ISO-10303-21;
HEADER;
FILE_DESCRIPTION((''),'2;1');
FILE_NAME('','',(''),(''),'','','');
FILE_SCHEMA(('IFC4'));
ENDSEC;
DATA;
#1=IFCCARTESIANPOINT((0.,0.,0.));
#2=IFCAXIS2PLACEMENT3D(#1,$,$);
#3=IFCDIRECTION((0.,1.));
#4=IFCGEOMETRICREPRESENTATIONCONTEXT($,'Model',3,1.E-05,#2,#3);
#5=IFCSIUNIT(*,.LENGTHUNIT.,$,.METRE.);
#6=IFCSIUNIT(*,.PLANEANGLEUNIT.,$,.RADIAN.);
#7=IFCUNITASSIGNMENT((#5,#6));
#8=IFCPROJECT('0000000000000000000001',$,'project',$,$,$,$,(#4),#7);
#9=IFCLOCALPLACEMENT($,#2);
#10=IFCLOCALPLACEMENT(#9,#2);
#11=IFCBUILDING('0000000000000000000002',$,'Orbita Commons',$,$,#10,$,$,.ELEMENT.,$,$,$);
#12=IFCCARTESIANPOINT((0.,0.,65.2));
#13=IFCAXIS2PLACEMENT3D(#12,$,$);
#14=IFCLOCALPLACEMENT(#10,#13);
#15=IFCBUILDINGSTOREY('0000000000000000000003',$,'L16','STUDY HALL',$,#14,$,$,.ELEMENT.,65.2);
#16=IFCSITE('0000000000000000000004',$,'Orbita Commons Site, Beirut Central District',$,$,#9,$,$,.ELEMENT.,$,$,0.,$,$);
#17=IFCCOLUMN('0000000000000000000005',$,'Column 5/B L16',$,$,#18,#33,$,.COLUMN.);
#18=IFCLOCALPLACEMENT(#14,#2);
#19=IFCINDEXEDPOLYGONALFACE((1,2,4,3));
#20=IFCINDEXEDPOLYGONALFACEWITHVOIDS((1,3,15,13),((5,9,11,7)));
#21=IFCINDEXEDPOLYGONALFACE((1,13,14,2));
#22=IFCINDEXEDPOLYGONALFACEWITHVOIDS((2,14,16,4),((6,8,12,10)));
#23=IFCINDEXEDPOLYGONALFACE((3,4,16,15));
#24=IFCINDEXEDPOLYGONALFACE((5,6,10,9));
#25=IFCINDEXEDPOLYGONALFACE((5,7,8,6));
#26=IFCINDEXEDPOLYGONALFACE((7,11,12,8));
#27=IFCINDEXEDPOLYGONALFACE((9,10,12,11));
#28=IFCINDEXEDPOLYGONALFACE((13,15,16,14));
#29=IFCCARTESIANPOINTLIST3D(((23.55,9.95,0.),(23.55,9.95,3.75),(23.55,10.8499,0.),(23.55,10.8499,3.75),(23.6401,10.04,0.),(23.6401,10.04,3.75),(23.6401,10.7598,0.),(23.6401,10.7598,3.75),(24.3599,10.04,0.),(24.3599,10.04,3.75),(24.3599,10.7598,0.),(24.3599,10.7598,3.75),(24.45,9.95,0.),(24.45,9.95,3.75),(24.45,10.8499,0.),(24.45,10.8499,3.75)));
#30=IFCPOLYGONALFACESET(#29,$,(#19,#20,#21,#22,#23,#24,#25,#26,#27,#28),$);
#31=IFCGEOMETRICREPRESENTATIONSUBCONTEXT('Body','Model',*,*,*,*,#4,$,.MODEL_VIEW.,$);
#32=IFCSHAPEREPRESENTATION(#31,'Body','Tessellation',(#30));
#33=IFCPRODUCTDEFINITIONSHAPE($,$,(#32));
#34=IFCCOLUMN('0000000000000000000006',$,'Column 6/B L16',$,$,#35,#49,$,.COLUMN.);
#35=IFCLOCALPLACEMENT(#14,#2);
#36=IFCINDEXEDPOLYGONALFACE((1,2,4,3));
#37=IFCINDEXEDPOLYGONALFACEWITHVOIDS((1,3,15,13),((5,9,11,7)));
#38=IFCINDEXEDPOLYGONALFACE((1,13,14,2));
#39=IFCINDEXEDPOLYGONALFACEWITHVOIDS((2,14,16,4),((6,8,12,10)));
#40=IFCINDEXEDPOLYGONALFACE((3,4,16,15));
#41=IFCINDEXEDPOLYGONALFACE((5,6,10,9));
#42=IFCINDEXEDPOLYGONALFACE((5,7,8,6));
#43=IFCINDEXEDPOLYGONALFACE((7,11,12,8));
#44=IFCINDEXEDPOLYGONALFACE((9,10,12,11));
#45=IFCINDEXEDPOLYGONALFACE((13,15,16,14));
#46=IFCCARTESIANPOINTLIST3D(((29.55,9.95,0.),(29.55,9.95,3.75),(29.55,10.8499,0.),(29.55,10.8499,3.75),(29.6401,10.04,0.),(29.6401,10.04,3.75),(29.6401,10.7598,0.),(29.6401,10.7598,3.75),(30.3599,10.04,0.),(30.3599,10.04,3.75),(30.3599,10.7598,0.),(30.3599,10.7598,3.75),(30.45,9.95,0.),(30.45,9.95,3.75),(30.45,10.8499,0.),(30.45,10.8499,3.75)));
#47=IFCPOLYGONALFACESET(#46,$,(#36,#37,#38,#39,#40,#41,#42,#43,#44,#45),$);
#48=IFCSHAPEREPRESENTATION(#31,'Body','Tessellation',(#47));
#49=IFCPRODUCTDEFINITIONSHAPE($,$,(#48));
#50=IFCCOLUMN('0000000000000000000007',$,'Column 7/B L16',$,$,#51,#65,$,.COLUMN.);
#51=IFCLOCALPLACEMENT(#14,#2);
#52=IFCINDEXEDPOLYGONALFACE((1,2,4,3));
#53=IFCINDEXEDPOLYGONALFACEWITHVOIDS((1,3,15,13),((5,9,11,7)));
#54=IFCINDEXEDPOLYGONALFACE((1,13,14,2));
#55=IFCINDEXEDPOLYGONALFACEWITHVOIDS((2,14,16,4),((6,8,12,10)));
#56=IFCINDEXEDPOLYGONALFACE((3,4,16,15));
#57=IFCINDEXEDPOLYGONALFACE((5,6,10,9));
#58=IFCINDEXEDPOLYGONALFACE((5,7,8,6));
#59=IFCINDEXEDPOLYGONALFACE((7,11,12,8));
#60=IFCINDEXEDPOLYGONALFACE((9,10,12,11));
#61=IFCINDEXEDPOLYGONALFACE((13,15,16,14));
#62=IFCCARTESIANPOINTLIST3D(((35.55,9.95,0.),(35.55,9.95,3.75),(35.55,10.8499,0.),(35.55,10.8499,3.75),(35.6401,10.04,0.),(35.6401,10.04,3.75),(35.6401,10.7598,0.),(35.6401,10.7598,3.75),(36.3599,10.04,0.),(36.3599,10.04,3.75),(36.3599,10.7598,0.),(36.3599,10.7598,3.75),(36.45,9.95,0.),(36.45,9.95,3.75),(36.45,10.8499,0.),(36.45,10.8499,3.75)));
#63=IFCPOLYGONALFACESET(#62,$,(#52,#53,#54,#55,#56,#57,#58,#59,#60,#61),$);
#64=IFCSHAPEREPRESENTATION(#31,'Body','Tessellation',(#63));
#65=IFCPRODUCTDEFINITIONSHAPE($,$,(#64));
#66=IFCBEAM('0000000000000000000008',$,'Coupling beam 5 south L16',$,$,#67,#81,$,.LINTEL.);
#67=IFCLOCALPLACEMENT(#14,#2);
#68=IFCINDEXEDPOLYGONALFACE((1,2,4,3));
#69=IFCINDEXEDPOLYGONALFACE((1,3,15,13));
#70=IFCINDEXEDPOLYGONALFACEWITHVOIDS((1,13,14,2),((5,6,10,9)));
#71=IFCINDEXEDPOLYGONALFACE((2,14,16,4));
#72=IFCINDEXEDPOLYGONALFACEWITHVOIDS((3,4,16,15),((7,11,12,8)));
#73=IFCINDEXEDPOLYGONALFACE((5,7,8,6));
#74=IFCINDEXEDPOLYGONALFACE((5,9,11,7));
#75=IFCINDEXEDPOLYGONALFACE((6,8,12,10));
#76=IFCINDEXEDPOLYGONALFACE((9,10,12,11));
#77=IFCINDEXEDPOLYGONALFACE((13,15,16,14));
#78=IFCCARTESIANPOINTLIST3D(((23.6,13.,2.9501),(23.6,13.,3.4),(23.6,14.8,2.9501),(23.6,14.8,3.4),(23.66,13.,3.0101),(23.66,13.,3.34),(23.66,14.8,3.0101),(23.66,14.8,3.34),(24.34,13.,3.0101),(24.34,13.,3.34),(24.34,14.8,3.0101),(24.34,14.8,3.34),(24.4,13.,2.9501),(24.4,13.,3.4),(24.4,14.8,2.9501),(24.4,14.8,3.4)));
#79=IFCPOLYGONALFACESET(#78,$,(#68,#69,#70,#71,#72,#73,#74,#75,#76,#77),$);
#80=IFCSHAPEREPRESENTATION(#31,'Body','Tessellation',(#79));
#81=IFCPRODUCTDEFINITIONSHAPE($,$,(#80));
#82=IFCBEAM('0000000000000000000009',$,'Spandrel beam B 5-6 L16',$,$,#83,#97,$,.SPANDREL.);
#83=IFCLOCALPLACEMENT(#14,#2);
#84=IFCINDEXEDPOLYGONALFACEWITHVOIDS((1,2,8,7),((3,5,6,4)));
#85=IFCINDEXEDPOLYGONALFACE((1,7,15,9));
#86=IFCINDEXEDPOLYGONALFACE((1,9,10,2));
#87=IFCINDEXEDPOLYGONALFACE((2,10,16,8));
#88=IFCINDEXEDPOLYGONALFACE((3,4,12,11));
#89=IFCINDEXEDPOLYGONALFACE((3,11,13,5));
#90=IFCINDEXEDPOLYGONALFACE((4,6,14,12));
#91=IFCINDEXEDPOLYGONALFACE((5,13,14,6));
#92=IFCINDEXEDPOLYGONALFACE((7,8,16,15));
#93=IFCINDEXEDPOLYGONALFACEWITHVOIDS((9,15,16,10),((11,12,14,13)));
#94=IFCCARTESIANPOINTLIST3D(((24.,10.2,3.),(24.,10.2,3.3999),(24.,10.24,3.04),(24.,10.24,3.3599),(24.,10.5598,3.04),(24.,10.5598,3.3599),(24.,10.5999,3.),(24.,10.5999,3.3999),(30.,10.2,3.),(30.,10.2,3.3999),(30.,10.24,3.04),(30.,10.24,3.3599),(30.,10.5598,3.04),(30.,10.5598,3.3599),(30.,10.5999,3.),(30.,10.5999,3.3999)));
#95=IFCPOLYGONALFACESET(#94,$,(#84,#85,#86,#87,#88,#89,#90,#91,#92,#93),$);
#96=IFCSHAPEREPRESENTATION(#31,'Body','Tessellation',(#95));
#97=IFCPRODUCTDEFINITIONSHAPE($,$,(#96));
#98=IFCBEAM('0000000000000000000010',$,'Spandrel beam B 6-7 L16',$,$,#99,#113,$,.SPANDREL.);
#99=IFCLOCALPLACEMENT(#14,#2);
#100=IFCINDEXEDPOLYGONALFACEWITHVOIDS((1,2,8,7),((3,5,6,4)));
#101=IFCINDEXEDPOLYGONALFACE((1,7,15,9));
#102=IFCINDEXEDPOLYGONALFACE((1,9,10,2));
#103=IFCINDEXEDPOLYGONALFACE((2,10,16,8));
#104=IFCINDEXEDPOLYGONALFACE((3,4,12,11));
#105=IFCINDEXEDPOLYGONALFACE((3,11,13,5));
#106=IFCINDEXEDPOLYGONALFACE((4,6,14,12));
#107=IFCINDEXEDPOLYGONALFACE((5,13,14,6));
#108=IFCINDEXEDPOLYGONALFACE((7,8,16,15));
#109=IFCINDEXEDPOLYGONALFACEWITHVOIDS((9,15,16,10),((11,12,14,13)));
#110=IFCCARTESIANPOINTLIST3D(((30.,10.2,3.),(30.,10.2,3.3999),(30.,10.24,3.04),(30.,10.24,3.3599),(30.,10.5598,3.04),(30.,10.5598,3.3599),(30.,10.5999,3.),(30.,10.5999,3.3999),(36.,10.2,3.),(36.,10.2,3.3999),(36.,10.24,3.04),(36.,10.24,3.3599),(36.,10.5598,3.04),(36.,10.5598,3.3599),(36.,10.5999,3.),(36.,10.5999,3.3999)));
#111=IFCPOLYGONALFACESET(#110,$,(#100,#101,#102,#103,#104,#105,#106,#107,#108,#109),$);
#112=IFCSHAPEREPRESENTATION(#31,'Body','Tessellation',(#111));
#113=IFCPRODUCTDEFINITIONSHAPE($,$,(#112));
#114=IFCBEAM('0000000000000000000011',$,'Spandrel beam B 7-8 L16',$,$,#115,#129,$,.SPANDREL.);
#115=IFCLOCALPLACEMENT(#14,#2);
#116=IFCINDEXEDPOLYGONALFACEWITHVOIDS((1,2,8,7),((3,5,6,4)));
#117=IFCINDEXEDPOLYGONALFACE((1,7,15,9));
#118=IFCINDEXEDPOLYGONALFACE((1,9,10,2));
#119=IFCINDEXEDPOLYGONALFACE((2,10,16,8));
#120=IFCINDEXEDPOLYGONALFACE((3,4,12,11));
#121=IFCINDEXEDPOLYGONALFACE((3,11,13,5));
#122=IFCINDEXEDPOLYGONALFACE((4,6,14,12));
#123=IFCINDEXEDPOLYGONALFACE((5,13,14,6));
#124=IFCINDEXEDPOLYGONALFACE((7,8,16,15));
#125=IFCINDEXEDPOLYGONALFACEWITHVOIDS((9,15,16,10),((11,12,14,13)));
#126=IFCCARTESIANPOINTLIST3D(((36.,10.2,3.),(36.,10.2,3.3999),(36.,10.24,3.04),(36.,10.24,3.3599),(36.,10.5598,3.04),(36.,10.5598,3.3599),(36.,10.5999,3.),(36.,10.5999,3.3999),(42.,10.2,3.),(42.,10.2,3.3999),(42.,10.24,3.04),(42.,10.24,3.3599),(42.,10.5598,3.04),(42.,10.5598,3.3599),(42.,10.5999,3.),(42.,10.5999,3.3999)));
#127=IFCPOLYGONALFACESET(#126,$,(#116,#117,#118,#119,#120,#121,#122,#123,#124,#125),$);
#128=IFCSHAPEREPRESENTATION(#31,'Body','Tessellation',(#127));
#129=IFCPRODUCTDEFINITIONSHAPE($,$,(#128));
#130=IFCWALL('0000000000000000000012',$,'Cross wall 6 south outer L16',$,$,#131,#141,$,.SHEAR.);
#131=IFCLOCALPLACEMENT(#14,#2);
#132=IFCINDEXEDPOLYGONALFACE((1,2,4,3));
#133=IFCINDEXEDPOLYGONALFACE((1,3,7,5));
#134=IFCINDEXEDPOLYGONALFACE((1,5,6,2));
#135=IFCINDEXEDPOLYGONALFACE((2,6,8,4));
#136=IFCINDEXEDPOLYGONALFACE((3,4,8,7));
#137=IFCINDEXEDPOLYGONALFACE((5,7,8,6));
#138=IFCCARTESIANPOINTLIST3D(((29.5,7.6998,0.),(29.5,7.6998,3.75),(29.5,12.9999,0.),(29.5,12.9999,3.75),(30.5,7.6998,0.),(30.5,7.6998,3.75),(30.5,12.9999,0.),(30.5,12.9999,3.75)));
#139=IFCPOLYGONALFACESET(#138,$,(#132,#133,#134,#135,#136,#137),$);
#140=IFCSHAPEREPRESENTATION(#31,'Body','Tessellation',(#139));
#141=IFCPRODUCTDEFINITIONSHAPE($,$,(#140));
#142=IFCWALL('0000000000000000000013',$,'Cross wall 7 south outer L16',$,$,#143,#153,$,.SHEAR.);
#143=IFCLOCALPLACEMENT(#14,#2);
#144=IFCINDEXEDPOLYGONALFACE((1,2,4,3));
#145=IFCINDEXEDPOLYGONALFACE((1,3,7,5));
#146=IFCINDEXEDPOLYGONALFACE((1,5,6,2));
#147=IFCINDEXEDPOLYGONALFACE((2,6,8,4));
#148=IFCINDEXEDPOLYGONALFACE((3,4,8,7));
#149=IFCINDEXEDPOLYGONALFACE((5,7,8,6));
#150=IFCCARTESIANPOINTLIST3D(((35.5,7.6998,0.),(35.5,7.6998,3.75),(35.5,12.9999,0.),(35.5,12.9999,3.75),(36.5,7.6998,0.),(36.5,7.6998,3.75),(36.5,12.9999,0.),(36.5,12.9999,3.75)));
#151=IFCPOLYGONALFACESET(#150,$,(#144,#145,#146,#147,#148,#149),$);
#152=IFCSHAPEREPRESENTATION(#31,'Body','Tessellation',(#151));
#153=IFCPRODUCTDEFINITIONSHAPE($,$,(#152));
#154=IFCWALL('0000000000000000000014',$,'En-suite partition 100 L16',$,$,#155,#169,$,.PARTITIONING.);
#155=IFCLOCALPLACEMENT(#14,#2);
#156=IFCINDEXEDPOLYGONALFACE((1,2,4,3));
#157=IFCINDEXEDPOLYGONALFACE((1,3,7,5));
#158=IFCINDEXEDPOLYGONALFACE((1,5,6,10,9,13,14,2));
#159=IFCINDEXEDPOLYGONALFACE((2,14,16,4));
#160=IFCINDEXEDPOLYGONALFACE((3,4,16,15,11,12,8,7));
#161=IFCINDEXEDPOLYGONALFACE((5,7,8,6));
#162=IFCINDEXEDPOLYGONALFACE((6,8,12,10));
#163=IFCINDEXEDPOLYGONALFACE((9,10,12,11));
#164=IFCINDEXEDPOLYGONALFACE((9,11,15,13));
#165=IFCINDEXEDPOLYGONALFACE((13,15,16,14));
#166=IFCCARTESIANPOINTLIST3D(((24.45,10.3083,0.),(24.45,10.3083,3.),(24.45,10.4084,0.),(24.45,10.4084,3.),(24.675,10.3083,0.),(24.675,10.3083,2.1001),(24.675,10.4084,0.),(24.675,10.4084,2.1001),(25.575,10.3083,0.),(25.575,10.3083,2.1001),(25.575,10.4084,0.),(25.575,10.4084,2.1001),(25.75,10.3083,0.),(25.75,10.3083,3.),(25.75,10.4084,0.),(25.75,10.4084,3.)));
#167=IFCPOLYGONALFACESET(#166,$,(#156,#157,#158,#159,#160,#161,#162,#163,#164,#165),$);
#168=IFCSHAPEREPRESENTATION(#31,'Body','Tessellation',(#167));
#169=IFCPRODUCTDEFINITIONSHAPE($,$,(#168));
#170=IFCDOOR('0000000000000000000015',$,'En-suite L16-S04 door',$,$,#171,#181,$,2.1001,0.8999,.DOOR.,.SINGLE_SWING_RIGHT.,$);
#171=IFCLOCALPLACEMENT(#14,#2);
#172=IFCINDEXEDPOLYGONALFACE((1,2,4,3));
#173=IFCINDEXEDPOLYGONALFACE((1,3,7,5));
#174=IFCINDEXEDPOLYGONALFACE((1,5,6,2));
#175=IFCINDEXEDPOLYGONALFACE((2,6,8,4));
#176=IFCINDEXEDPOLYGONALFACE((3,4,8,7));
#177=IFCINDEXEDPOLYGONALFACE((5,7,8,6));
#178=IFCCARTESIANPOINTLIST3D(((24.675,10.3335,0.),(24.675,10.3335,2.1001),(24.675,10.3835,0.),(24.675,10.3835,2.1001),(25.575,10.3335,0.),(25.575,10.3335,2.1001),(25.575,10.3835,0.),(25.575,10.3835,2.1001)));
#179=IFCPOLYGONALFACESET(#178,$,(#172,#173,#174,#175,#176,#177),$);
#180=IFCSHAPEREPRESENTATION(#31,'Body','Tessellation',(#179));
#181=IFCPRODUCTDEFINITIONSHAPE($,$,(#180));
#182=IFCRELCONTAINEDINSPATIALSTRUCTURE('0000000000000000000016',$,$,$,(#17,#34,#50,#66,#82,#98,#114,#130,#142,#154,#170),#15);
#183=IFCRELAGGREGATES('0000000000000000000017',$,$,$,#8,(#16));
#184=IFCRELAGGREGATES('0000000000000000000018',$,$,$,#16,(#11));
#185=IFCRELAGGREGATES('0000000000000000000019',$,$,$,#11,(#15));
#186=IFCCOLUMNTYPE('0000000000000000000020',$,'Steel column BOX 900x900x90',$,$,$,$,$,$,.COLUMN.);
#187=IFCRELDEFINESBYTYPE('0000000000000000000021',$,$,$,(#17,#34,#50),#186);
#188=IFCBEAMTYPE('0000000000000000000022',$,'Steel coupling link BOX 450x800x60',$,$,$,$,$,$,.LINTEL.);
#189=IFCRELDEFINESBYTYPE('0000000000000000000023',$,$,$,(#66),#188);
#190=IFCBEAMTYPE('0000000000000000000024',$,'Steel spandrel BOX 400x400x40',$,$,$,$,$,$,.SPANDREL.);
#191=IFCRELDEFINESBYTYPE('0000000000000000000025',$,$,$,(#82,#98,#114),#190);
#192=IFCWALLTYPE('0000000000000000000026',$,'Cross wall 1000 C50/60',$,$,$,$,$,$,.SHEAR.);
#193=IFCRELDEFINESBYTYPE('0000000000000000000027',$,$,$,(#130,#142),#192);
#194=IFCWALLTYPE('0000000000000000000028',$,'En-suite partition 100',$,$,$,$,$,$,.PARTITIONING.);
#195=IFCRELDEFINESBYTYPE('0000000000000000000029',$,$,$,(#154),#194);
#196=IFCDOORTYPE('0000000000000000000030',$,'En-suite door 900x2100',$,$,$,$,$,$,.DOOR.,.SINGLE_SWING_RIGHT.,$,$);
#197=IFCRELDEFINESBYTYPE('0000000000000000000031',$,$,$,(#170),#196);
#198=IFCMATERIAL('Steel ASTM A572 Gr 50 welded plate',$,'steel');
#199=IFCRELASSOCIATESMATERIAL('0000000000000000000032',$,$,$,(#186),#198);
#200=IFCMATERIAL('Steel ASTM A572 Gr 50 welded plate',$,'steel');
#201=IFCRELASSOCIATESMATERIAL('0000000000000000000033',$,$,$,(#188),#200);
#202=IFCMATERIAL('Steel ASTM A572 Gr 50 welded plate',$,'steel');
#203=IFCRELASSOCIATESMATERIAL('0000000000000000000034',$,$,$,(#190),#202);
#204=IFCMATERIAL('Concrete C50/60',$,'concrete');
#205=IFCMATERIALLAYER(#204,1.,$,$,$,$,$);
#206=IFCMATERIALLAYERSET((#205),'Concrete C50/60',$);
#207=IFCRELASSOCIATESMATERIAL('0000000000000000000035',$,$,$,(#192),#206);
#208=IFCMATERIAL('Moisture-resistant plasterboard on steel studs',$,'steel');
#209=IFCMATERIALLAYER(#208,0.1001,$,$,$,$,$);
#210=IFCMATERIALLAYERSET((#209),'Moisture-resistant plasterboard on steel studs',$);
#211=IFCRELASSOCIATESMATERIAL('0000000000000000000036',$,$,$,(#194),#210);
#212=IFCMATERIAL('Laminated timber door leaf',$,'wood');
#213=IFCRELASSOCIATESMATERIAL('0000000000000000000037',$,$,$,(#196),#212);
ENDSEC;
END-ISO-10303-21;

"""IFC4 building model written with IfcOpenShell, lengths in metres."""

from ifc_helpers import new_model, si_unit, direction, frame, frame_2d, origin, origin_2d, place, context, subcontext, project, spatial, polyline, rectangle, hollow_rectangle, outline, extrude, material, layer, layer_set, material_profile, profile_set, type_object, element, fill, save


model = new_model("IFC4")

# Units and contexts
model_context = context("Model", 3, precision=1e-05, world=origin(), true_north=direction((0.0, 1.0)))
body_context = subcontext(model_context, "Body", "Model", "MODEL_VIEW")
ifc_project = project(units=[si_unit("LENGTHUNIT", "METRE"), si_unit("PLANEANGLEUNIT", "RADIAN")], contexts=[model_context])

# Site, building, storey
site_placement = place(None, origin())
site = spatial("IfcSite", under=ifc_project, at=site_placement, Name="Orbita Commons Site, Beirut Central District", CompositionType="ELEMENT", RefElevation=0.0)
building_placement = place(site_placement, origin())
building = spatial("IfcBuilding", under=site, at=building_placement, Name="Orbita Commons", CompositionType="ELEMENT")
storey_placement = place(building_placement, frame((0.0, 0.0, 65.2)))
storey = spatial("IfcBuildingStorey", under=building, at=storey_placement, Name="L16", Description="STUDY HALL", CompositionType="ELEMENT", Elevation=65.2)

# Columns
ifc_material_1 = material(Name="Steel ASTM A572 Gr 50 welded plate", Category="steel")
ifc_material_profile_1 = material_profile(ifc_material_1, hollow_rectangle(XDim=0.8999, YDim=0.8999, WallThickness=0.0901, at=origin_2d()), Name="BOX 900x900x90")
ifc_profile_set_1 = profile_set([ifc_material_profile_1], Name="Steel ASTM A572 Gr 50 welded plate")
column_type = type_object("IfcColumnType", Name="Steel column BOX 900x900x90", PredefinedType="COLUMN", material=ifc_profile_set_1)
for number, where, z_axis, x_axis, name in (
    (1, (24.0, 10.3999, 0.0), (0.0, 0.0, 1.0), (1.0, 0.0, 0.0), "Column 5/B L16"),
    (2, (30.0, 10.3999, 0.0), (0.0, 0.0, 1.0), (1.0, 0.0, 0.0), "Column 6/B L16"),
    (3, (36.0, 10.3999, 0.0), (0.0, 0.0, 1.0), (1.0, 0.0, 0.0), "Column 7/B L16"),
):
    element("IfcColumn", number, at=place(storey_placement, frame(where, z_axis=z_axis, x_axis=x_axis)), inside=storey, type_object=column_type, Name=name, PredefinedType="COLUMN", context=body_context, shape_type="SweptSolid", body=[
        extrude(hollow_rectangle(XDim=0.8999, YDim=0.8999, WallThickness=0.0901, at=origin_2d()), origin(), (0.0, 0.0, 1.0), 3.75),
    ])

# Beams
ifc_material_2 = material(Name="Steel ASTM A572 Gr 50 welded plate", Category="steel")
ifc_material_profile_2 = material_profile(ifc_material_2, hollow_rectangle(XDim=0.8, YDim=0.45, WallThickness=0.0601, at=origin_2d()), Name="BOX 450x800x60")
ifc_profile_set_2 = profile_set([ifc_material_profile_2], Name="Steel ASTM A572 Gr 50 welded plate")
beam_type_1 = type_object("IfcBeamType", Name="Steel coupling link BOX 450x800x60", PredefinedType="LINTEL", material=ifc_profile_set_2)
beam_placement = place(storey_placement, frame((24.0, 13.0, 3.175), z_axis=(0.0, 1.0, 0.0), x_axis=(-1.0, 0.0, 0.0)))
element("IfcBeam", 4, at=beam_placement, inside=storey, type_object=beam_type_1, Name="Coupling beam 5 south L16", PredefinedType="LINTEL", context=body_context, shape_type="SweptSolid", body=[
    extrude(hollow_rectangle(XDim=0.8, YDim=0.45, WallThickness=0.0601, at=origin_2d()), origin(), (0.0, 0.0, 1.0), 1.8),
])
ifc_material_3 = material(Name="Steel ASTM A572 Gr 50 welded plate", Category="steel")
ifc_material_profile_3 = material_profile(ifc_material_3, hollow_rectangle(XDim=0.3999, YDim=0.3999, WallThickness=0.04, at=origin_2d()), Name="BOX 400x400x40")
ifc_profile_set_3 = profile_set([ifc_material_profile_3], Name="Steel ASTM A572 Gr 50 welded plate")
beam_type_2 = type_object("IfcBeamType", Name="Steel spandrel BOX 400x400x40", PredefinedType="SPANDREL", material=ifc_profile_set_3)
for number, where, z_axis, x_axis, name in (
    (5, (24.0, 10.3999, 3.2), (1.0, 0.0, 0.0), (0.0, 1.0, 0.0), "Spandrel beam B 5-6 L16"),
    (6, (30.0, 10.3999, 3.2), (1.0, 0.0, 0.0), (0.0, 1.0, 0.0), "Spandrel beam B 6-7 L16"),
    (7, (36.0, 10.3999, 3.2), (1.0, 0.0, 0.0), (0.0, 1.0, 0.0), "Spandrel beam B 7-8 L16"),
):
    element("IfcBeam", number, at=place(storey_placement, frame(where, z_axis=z_axis, x_axis=x_axis)), inside=storey, type_object=beam_type_2, Name=name, PredefinedType="SPANDREL", context=body_context, shape_type="SweptSolid", body=[
        extrude(hollow_rectangle(XDim=0.3999, YDim=0.3999, WallThickness=0.04, at=origin_2d()), origin(), (0.0, 0.0, 1.0), 6.0),
    ])

# Walls
ifc_material_4 = material(Name="Concrete C50/60", Category="concrete")
ifc_layer_1 = layer(ifc_material_4, 1.0)
ifc_layer_set_1 = layer_set([ifc_layer_1], Name="Concrete C50/60")
wall_type_1 = type_object("IfcWallType", Name="Cross wall 1000 C50/60", PredefinedType="SHEAR", material=ifc_layer_set_1)
for number, where, z_axis, x_axis, name in (
    (8, (30.0, 7.7, 0.0), (0.0, 0.0, 1.0), (0.0, 1.0, 0.0), "Cross wall 6 south outer L16"),
    (9, (36.0, 7.7, 0.0), (0.0, 0.0, 1.0), (0.0, 1.0, 0.0), "Cross wall 7 south outer L16"),
):
    element("IfcWall", number, at=place(storey_placement, frame(where, z_axis=z_axis, x_axis=x_axis)), inside=storey, type_object=wall_type_1, Name=name, PredefinedType="SHEAR", context=body_context, shape_type="SweptSolid", body=[
        extrude(rectangle(XDim=5.3, YDim=1.0, at=frame_2d((2.6499, 0.0))), origin(), (0.0, 0.0, 1.0), 3.75),
    ])

# Wall, opening, door
ifc_material_5 = material(Name="Moisture-resistant plasterboard on steel studs", Category="steel")
ifc_layer_2 = layer(ifc_material_5, 0.1001)
ifc_layer_set_2 = layer_set([ifc_layer_2], Name="Moisture-resistant plasterboard on steel studs")
wall_type_2 = type_object("IfcWallType", Name="En-suite partition 100", PredefinedType="PARTITIONING", material=ifc_layer_set_2)
wall_1_placement = place(storey_placement, frame((25.75, 10.3584, 0.0), z_axis=(0.0, 0.0, 1.0), x_axis=(-1.0, 0.0, 0.0)))
wall_1 = element("IfcWall", 10, at=wall_1_placement, inside=storey, type_object=wall_type_2, Name="En-suite partition 100 L16", PredefinedType="PARTITIONING", context=body_context, shape_type="SweptSolid", body=[
    extrude(outline(polyline([(0.0, 0.0), (1.3, 0.0), (1.3, 3.0), (0.0, 3.0), (0.0, 0.0)])), frame((0.0, 0.05, 0.0), z_axis=(0.0, -1.0, 0.0), x_axis=(1.0, 0.0, 0.0)), (0.0, 0.0, 1.0), 0.1001),
])
opening_1_placement = place(wall_1_placement, frame((0.175, 0.0, 0.0)))
opening_1 = element("IfcOpeningElement", 11, at=opening_1_placement, cuts=wall_1, PredefinedType="OPENING", context=body_context, shape_type="SweptSolid", body=[
    extrude(rectangle(XDim=0.8999, YDim=2.1001, at=frame_2d((0.45, 1.05))), frame((0.0, 0.0601, 0.0), z_axis=(0.0, -1.0, 0.0), x_axis=(1.0, 0.0, 0.0)), (0.0, 0.0, 1.0), 0.1201),
])
ifc_material_6 = material(Name="Laminated timber door leaf", Category="wood")
door_type_1 = type_object("IfcDoorType", Name="En-suite door 900x2100", OperationType="SINGLE_SWING_RIGHT", PredefinedType="DOOR", material=ifc_material_6)
door_1_placement = place(opening_1_placement, origin())
door_1 = element("IfcDoor", 12, at=door_1_placement, inside=storey, type_object=door_type_1, Name="En-suite L16-S04 door", OperationType="SINGLE_SWING_RIGHT", OverallHeight=2.1001, OverallWidth=0.8999, PredefinedType="DOOR", context=body_context, shape_type="SweptSolid", body=[
    extrude(rectangle(XDim=0.8999, YDim=2.1001, at=frame_2d((0.45, 1.05))), frame((0.0, 0.0249, 0.0), z_axis=(0.0, -1.0, 0.0), x_axis=(1.0, 0.0, 0.0)), (0.0, 0.0, 1.0), 0.05),
])
fill(opening_1, door_1)

save(model, "model.ifc")
